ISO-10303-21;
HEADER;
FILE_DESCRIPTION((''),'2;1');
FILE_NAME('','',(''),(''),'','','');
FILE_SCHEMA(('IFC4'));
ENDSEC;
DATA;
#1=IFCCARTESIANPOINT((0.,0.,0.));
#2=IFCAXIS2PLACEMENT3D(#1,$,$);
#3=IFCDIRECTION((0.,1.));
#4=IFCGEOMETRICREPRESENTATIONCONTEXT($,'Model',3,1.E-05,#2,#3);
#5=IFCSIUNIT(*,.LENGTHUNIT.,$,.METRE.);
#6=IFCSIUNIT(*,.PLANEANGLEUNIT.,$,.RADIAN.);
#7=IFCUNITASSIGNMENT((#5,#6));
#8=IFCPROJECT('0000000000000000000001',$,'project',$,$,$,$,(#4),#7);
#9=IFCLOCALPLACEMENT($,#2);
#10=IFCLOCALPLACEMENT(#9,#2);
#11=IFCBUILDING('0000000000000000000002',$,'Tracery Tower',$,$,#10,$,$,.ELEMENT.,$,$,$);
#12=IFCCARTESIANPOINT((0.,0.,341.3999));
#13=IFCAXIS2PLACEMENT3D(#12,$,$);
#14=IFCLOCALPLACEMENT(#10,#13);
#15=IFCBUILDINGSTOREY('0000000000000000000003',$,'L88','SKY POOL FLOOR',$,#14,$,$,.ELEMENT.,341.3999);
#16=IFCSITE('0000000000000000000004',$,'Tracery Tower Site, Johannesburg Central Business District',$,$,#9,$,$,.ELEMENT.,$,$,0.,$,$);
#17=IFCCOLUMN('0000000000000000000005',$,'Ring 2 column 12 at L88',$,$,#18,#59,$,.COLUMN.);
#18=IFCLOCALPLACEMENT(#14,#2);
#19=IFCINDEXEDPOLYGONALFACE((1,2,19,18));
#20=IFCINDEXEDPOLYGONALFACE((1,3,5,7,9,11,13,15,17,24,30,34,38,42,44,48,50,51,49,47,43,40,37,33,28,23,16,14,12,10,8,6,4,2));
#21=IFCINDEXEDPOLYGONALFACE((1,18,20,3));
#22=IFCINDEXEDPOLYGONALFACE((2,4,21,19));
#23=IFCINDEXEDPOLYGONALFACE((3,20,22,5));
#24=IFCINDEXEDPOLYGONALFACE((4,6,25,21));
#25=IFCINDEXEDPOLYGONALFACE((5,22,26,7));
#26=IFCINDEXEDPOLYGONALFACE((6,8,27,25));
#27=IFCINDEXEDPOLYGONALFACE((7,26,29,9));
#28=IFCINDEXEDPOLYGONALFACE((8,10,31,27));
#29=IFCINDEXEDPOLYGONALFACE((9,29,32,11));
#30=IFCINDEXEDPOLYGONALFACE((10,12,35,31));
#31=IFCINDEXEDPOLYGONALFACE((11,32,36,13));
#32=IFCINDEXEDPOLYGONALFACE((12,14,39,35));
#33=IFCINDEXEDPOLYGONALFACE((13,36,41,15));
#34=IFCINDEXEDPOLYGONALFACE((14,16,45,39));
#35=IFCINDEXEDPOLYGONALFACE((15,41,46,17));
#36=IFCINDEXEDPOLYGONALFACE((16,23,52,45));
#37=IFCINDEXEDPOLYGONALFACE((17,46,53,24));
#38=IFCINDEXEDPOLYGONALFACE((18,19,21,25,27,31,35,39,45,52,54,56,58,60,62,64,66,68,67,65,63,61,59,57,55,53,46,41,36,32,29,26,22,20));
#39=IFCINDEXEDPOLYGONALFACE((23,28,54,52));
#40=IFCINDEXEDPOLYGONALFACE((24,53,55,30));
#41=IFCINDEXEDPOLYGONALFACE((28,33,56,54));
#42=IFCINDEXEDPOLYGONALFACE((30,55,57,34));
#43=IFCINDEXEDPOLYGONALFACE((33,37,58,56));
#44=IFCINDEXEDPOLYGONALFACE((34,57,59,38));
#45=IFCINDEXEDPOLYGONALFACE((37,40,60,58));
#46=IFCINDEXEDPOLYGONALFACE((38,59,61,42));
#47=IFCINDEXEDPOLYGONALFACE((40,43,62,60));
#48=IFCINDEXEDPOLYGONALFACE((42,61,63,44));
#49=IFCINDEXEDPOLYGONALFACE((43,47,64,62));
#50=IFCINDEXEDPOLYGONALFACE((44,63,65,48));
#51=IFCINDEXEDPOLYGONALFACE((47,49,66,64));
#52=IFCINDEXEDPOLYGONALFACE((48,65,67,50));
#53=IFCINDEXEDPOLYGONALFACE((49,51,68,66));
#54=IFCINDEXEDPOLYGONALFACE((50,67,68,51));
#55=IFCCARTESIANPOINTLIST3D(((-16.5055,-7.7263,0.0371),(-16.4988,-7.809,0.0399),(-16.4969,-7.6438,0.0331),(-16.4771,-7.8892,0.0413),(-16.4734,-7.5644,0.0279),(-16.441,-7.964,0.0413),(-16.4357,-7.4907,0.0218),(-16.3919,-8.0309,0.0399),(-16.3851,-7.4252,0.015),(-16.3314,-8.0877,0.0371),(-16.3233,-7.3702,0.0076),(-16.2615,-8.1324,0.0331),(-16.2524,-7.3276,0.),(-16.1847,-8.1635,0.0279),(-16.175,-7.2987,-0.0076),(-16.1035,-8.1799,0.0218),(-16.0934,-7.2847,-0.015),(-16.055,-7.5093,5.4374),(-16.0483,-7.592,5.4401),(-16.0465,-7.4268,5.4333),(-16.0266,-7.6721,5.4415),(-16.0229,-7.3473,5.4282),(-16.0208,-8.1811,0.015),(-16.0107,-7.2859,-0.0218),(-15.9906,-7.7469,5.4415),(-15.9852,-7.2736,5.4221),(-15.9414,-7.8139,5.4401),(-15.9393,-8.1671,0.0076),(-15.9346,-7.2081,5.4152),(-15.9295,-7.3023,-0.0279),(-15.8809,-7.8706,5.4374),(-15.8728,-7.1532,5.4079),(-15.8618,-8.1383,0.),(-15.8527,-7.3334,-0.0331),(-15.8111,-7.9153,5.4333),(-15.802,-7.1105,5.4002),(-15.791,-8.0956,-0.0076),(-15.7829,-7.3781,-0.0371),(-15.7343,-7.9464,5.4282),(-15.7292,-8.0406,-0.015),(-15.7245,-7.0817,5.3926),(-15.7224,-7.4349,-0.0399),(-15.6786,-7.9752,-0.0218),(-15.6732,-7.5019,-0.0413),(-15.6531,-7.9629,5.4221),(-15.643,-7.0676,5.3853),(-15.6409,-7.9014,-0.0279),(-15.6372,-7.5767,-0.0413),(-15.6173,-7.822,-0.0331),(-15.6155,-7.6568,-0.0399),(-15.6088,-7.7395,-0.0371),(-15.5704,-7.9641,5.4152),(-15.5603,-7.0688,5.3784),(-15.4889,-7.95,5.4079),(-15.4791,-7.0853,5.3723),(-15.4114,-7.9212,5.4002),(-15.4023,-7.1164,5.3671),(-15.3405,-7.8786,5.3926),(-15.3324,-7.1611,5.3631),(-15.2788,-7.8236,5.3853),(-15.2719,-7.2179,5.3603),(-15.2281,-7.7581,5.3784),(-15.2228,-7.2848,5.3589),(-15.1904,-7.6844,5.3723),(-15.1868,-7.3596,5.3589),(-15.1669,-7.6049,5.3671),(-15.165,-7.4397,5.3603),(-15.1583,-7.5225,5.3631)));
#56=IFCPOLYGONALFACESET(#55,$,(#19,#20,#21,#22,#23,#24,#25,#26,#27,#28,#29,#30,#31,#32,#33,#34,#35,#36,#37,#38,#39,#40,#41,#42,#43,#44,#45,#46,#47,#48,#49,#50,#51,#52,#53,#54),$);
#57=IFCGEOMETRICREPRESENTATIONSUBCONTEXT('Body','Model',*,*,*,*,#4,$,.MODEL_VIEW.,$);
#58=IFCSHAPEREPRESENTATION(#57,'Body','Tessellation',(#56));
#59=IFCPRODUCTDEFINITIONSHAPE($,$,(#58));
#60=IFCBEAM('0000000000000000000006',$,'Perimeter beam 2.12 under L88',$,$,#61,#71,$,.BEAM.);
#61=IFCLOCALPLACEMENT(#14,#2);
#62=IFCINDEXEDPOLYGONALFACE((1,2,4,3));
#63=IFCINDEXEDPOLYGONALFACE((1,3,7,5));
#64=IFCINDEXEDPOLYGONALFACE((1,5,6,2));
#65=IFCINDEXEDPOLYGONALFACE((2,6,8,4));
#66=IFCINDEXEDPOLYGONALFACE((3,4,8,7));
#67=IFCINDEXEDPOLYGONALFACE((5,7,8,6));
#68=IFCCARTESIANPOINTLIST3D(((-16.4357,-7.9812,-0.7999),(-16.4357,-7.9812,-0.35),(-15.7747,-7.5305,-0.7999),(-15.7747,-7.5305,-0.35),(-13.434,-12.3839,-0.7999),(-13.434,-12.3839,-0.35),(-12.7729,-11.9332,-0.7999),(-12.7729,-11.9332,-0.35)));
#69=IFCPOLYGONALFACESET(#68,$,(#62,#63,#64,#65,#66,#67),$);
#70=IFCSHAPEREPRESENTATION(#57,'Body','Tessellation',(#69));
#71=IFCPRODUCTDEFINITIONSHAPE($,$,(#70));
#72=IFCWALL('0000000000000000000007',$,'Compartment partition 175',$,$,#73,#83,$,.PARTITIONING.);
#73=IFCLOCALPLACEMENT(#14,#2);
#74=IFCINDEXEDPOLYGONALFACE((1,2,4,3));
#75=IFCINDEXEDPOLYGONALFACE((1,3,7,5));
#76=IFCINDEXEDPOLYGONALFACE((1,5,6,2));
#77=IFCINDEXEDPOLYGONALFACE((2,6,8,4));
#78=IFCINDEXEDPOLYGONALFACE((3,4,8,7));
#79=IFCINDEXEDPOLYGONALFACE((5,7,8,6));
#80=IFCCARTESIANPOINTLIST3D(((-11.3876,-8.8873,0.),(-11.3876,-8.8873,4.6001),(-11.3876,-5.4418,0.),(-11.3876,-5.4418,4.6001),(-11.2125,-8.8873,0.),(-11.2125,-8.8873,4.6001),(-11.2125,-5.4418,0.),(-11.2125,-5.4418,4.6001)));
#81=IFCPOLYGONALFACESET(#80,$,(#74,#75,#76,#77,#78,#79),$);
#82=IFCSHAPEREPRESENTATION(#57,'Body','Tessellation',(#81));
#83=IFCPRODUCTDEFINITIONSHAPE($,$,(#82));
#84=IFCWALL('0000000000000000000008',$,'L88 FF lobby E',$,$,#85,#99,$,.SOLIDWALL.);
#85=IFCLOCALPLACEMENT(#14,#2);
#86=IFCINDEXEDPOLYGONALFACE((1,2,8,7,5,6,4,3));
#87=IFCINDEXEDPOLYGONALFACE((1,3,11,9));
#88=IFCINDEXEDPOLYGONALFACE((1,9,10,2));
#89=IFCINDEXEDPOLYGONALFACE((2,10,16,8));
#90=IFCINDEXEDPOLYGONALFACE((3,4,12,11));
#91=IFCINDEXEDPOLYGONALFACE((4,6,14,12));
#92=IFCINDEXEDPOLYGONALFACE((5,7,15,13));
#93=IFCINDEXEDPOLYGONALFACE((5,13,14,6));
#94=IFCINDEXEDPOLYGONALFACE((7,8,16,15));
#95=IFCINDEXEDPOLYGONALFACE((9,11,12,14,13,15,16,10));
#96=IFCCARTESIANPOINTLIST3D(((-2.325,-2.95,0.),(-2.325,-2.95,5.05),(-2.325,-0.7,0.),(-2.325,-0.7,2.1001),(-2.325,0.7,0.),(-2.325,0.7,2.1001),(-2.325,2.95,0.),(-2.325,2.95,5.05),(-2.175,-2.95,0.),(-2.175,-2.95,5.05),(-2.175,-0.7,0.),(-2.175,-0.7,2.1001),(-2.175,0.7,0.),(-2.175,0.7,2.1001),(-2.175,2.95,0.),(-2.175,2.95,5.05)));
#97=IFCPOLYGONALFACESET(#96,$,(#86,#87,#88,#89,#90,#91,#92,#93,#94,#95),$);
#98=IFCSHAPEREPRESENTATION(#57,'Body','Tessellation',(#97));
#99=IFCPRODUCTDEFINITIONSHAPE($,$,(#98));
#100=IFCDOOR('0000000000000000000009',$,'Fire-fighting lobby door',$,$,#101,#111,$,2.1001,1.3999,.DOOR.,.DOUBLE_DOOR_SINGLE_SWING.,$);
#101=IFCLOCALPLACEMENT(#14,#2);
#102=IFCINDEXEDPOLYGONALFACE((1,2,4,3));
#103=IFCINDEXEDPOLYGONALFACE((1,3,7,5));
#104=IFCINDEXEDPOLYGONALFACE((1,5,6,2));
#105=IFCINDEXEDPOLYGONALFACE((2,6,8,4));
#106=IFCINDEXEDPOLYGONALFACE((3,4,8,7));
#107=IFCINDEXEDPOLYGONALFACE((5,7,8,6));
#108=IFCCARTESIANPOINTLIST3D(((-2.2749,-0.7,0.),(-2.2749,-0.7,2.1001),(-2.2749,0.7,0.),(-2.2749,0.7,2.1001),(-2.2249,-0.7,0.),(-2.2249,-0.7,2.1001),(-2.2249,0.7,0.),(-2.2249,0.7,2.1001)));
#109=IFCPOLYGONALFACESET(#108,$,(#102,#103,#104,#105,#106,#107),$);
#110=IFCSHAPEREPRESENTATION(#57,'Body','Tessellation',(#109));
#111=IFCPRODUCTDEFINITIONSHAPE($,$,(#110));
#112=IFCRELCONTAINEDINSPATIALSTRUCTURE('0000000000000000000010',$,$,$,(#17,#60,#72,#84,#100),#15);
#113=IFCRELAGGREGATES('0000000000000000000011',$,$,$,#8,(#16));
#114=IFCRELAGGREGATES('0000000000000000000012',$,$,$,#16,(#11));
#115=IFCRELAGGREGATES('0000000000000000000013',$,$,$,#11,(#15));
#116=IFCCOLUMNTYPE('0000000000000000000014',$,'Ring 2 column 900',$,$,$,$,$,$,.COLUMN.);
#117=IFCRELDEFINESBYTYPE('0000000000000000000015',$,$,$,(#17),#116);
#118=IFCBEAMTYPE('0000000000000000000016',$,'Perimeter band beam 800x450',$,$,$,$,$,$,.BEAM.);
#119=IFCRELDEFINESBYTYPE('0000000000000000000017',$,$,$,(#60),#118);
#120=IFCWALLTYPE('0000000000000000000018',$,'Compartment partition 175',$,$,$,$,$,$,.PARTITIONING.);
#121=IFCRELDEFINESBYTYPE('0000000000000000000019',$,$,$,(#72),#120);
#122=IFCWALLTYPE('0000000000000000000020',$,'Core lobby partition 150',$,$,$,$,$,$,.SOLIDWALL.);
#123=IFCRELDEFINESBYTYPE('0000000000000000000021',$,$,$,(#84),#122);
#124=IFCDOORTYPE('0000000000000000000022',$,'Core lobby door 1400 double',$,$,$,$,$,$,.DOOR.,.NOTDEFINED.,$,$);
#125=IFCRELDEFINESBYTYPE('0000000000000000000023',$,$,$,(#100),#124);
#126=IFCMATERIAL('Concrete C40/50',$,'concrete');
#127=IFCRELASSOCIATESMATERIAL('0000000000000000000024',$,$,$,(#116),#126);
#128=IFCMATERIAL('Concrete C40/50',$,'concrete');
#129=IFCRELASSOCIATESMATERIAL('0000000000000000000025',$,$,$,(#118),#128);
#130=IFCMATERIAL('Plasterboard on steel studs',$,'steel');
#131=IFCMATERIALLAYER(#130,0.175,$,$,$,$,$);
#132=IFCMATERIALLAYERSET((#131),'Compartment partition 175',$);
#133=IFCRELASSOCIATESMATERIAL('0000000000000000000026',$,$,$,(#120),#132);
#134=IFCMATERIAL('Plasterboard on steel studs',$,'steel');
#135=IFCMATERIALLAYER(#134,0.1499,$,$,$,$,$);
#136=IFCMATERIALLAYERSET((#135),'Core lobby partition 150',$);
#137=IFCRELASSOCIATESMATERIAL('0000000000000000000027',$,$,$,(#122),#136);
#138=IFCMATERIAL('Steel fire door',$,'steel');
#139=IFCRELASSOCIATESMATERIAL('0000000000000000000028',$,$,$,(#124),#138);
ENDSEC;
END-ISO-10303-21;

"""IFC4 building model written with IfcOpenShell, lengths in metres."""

from ifc_helpers import new_model, si_unit, direction, frame, frame_2d, origin, origin_2d, place, context, subcontext, project, spatial, rectangle, circle, extrude, material, layer, layer_set, material_profile, profile_set, type_object, element, fill, save


model = new_model("IFC4")

# Units and contexts
model_context = context("Model", 3, precision=1e-05, world=origin(), true_north=direction((0.0, 1.0)))
body_context = subcontext(model_context, "Body", "Model", "MODEL_VIEW")
ifc_project = project(units=[si_unit("LENGTHUNIT", "METRE"), si_unit("PLANEANGLEUNIT", "RADIAN")], contexts=[model_context])

# Site, building, storey
site_placement = place(None, origin())
site = spatial("IfcSite", under=ifc_project, at=site_placement, Name="Tracery Tower Site, Johannesburg Central Business District", CompositionType="ELEMENT", RefElevation=0.0)
building_placement = place(site_placement, origin())
building = spatial("IfcBuilding", under=site, at=building_placement, Name="Tracery Tower", CompositionType="ELEMENT")
storey_placement = place(building_placement, frame((0.0, 0.0, 341.3999)))
storey = spatial("IfcBuildingStorey", under=building, at=storey_placement, Name="L88", Description="SKY POOL FLOOR", CompositionType="ELEMENT", Elevation=341.3999)

# Column
ifc_material_1 = material(Name="Concrete C40/50", Category="concrete")
ifc_material_profile_1 = material_profile(ifc_material_1, circle(Radius=0.45, at=origin_2d()), Name="RC D900")
ifc_profile_set_1 = profile_set([ifc_material_profile_1], Name="Concrete C40/50")
column_type = type_object("IfcColumnType", Name="Ring 2 column 900", PredefinedType="COLUMN", material=ifc_profile_set_1)
column_placement = place(storey_placement, frame((-16.0571, -7.7329, 0.0), z_axis=(0.083057, 0.040021, 0.995741), x_axis=(-0.43408, 0.900874, 0.0)))
element("IfcColumn", 1, at=column_placement, inside=storey, type_object=column_type, Name="Ring 2 column 12 at L88", PredefinedType="COLUMN", context=body_context, shape_type="SweptSolid", body=[
    extrude(circle(Radius=0.45, at=origin_2d()), origin(), (0.0, 0.0, 1.0), 5.4233),
])

# Beam
ifc_material_2 = material(Name="Concrete C40/50", Category="concrete")
ifc_material_profile_2 = material_profile(ifc_material_2, rectangle(XDim=0.8, YDim=0.45, at=origin_2d()), Name="RC 800x450")
ifc_profile_set_2 = profile_set([ifc_material_profile_2], Name="Concrete C40/50")
beam_type = type_object("IfcBeamType", Name="Perimeter band beam 800x450", PredefinedType="BEAM", material=ifc_profile_set_2)
beam_placement = place(storey_placement, frame((-16.1052, -7.7559, -0.575), z_axis=(0.56333, -0.826232, 0.0), x_axis=(0.826232, 0.56333, 0.0)))
element("IfcBeam", 2, at=beam_placement, inside=storey, type_object=beam_type, Name="Perimeter beam 2.12 under L88", PredefinedType="BEAM", context=body_context, shape_type="SweptSolid", body=[
    extrude(rectangle(XDim=0.8, YDim=0.45, at=origin_2d()), origin(), (0.0, 0.0, 1.0), 5.3286),
])

# Wall
ifc_material_3 = material(Name="Plasterboard on steel studs", Category="steel")
ifc_layer_1 = layer(ifc_material_3, 0.175)
ifc_layer_set_1 = layer_set([ifc_layer_1], Name="Compartment partition 175")
wall_type_1 = type_object("IfcWallType", Name="Compartment partition 175", PredefinedType="PARTITIONING", material=ifc_layer_set_1)
wall_1_placement = place(storey_placement, frame((-11.3, -5.4419, 0.0), z_axis=(0.0, 0.0, 1.0), x_axis=(0.0, -1.0, 0.0)))
element("IfcWall", 3, at=wall_1_placement, inside=storey, type_object=wall_type_1, Name="Compartment partition 175", PredefinedType="PARTITIONING", context=body_context, shape_type="SweptSolid", body=[
    extrude(rectangle(XDim=3.4456, YDim=0.175, at=frame_2d((1.7227, 0.0))), origin(), (0.0, 0.0, 1.0), 4.6001),
])

# Wall, opening, door
ifc_material_4 = material(Name="Plasterboard on steel studs", Category="steel")
ifc_layer_2 = layer(ifc_material_4, 0.1499)
ifc_layer_set_2 = layer_set([ifc_layer_2], Name="Core lobby partition 150")
wall_type_2 = type_object("IfcWallType", Name="Core lobby partition 150", PredefinedType="SOLIDWALL", material=ifc_layer_set_2)
wall_2_placement = place(storey_placement, frame((-2.25, -2.95, 0.0), z_axis=(0.0, 0.0, 1.0), x_axis=(0.0, 1.0, 0.0)))
wall_2 = element("IfcWall", 4, at=wall_2_placement, inside=storey, type_object=wall_type_2, Name="L88 FF lobby E", PredefinedType="SOLIDWALL", context=body_context, shape_type="SweptSolid", body=[
    extrude(rectangle(XDim=5.8999, YDim=0.1499, at=frame_2d((2.95, 0.0))), origin(), (0.0, 0.0, 1.0), 5.05),
])
opening_1_placement = place(wall_2_placement, frame((2.25, 0.0, 0.0)))
opening_1 = element("IfcOpeningElement", 5, at=opening_1_placement, cuts=wall_2, PredefinedType="OPENING", context=body_context, shape_type="SweptSolid", body=[
    extrude(rectangle(XDim=1.3999, YDim=2.1001, at=frame_2d((0.7, 1.05))), frame((0.0, 0.075, 0.0), z_axis=(0.0, -1.0, 0.0), x_axis=(1.0, 0.0, 0.0)), (0.0, 0.0, 1.0), 0.1499),
])
ifc_material_5 = material(Name="Steel fire door", Category="steel")
door_type_1 = type_object("IfcDoorType", Name="Core lobby door 1400 double", OperationType="NOTDEFINED", PredefinedType="DOOR", material=ifc_material_5)
door_1_placement = place(opening_1_placement, origin())
door_1 = element("IfcDoor", 6, at=door_1_placement, inside=storey, type_object=door_type_1, Name="Fire-fighting lobby door", OperationType="DOUBLE_DOOR_SINGLE_SWING", OverallHeight=2.1001, OverallWidth=1.3999, PredefinedType="DOOR", context=body_context, shape_type="SweptSolid", body=[
    extrude(rectangle(XDim=1.3999, YDim=2.1001, at=frame_2d((0.7, 1.05))), frame((0.0, 0.0249, 0.0), z_axis=(0.0, -1.0, 0.0), x_axis=(1.0, 0.0, 0.0)), (0.0, 0.0, 1.0), 0.05),
])
fill(opening_1, door_1)

save(model, "model.ifc")
